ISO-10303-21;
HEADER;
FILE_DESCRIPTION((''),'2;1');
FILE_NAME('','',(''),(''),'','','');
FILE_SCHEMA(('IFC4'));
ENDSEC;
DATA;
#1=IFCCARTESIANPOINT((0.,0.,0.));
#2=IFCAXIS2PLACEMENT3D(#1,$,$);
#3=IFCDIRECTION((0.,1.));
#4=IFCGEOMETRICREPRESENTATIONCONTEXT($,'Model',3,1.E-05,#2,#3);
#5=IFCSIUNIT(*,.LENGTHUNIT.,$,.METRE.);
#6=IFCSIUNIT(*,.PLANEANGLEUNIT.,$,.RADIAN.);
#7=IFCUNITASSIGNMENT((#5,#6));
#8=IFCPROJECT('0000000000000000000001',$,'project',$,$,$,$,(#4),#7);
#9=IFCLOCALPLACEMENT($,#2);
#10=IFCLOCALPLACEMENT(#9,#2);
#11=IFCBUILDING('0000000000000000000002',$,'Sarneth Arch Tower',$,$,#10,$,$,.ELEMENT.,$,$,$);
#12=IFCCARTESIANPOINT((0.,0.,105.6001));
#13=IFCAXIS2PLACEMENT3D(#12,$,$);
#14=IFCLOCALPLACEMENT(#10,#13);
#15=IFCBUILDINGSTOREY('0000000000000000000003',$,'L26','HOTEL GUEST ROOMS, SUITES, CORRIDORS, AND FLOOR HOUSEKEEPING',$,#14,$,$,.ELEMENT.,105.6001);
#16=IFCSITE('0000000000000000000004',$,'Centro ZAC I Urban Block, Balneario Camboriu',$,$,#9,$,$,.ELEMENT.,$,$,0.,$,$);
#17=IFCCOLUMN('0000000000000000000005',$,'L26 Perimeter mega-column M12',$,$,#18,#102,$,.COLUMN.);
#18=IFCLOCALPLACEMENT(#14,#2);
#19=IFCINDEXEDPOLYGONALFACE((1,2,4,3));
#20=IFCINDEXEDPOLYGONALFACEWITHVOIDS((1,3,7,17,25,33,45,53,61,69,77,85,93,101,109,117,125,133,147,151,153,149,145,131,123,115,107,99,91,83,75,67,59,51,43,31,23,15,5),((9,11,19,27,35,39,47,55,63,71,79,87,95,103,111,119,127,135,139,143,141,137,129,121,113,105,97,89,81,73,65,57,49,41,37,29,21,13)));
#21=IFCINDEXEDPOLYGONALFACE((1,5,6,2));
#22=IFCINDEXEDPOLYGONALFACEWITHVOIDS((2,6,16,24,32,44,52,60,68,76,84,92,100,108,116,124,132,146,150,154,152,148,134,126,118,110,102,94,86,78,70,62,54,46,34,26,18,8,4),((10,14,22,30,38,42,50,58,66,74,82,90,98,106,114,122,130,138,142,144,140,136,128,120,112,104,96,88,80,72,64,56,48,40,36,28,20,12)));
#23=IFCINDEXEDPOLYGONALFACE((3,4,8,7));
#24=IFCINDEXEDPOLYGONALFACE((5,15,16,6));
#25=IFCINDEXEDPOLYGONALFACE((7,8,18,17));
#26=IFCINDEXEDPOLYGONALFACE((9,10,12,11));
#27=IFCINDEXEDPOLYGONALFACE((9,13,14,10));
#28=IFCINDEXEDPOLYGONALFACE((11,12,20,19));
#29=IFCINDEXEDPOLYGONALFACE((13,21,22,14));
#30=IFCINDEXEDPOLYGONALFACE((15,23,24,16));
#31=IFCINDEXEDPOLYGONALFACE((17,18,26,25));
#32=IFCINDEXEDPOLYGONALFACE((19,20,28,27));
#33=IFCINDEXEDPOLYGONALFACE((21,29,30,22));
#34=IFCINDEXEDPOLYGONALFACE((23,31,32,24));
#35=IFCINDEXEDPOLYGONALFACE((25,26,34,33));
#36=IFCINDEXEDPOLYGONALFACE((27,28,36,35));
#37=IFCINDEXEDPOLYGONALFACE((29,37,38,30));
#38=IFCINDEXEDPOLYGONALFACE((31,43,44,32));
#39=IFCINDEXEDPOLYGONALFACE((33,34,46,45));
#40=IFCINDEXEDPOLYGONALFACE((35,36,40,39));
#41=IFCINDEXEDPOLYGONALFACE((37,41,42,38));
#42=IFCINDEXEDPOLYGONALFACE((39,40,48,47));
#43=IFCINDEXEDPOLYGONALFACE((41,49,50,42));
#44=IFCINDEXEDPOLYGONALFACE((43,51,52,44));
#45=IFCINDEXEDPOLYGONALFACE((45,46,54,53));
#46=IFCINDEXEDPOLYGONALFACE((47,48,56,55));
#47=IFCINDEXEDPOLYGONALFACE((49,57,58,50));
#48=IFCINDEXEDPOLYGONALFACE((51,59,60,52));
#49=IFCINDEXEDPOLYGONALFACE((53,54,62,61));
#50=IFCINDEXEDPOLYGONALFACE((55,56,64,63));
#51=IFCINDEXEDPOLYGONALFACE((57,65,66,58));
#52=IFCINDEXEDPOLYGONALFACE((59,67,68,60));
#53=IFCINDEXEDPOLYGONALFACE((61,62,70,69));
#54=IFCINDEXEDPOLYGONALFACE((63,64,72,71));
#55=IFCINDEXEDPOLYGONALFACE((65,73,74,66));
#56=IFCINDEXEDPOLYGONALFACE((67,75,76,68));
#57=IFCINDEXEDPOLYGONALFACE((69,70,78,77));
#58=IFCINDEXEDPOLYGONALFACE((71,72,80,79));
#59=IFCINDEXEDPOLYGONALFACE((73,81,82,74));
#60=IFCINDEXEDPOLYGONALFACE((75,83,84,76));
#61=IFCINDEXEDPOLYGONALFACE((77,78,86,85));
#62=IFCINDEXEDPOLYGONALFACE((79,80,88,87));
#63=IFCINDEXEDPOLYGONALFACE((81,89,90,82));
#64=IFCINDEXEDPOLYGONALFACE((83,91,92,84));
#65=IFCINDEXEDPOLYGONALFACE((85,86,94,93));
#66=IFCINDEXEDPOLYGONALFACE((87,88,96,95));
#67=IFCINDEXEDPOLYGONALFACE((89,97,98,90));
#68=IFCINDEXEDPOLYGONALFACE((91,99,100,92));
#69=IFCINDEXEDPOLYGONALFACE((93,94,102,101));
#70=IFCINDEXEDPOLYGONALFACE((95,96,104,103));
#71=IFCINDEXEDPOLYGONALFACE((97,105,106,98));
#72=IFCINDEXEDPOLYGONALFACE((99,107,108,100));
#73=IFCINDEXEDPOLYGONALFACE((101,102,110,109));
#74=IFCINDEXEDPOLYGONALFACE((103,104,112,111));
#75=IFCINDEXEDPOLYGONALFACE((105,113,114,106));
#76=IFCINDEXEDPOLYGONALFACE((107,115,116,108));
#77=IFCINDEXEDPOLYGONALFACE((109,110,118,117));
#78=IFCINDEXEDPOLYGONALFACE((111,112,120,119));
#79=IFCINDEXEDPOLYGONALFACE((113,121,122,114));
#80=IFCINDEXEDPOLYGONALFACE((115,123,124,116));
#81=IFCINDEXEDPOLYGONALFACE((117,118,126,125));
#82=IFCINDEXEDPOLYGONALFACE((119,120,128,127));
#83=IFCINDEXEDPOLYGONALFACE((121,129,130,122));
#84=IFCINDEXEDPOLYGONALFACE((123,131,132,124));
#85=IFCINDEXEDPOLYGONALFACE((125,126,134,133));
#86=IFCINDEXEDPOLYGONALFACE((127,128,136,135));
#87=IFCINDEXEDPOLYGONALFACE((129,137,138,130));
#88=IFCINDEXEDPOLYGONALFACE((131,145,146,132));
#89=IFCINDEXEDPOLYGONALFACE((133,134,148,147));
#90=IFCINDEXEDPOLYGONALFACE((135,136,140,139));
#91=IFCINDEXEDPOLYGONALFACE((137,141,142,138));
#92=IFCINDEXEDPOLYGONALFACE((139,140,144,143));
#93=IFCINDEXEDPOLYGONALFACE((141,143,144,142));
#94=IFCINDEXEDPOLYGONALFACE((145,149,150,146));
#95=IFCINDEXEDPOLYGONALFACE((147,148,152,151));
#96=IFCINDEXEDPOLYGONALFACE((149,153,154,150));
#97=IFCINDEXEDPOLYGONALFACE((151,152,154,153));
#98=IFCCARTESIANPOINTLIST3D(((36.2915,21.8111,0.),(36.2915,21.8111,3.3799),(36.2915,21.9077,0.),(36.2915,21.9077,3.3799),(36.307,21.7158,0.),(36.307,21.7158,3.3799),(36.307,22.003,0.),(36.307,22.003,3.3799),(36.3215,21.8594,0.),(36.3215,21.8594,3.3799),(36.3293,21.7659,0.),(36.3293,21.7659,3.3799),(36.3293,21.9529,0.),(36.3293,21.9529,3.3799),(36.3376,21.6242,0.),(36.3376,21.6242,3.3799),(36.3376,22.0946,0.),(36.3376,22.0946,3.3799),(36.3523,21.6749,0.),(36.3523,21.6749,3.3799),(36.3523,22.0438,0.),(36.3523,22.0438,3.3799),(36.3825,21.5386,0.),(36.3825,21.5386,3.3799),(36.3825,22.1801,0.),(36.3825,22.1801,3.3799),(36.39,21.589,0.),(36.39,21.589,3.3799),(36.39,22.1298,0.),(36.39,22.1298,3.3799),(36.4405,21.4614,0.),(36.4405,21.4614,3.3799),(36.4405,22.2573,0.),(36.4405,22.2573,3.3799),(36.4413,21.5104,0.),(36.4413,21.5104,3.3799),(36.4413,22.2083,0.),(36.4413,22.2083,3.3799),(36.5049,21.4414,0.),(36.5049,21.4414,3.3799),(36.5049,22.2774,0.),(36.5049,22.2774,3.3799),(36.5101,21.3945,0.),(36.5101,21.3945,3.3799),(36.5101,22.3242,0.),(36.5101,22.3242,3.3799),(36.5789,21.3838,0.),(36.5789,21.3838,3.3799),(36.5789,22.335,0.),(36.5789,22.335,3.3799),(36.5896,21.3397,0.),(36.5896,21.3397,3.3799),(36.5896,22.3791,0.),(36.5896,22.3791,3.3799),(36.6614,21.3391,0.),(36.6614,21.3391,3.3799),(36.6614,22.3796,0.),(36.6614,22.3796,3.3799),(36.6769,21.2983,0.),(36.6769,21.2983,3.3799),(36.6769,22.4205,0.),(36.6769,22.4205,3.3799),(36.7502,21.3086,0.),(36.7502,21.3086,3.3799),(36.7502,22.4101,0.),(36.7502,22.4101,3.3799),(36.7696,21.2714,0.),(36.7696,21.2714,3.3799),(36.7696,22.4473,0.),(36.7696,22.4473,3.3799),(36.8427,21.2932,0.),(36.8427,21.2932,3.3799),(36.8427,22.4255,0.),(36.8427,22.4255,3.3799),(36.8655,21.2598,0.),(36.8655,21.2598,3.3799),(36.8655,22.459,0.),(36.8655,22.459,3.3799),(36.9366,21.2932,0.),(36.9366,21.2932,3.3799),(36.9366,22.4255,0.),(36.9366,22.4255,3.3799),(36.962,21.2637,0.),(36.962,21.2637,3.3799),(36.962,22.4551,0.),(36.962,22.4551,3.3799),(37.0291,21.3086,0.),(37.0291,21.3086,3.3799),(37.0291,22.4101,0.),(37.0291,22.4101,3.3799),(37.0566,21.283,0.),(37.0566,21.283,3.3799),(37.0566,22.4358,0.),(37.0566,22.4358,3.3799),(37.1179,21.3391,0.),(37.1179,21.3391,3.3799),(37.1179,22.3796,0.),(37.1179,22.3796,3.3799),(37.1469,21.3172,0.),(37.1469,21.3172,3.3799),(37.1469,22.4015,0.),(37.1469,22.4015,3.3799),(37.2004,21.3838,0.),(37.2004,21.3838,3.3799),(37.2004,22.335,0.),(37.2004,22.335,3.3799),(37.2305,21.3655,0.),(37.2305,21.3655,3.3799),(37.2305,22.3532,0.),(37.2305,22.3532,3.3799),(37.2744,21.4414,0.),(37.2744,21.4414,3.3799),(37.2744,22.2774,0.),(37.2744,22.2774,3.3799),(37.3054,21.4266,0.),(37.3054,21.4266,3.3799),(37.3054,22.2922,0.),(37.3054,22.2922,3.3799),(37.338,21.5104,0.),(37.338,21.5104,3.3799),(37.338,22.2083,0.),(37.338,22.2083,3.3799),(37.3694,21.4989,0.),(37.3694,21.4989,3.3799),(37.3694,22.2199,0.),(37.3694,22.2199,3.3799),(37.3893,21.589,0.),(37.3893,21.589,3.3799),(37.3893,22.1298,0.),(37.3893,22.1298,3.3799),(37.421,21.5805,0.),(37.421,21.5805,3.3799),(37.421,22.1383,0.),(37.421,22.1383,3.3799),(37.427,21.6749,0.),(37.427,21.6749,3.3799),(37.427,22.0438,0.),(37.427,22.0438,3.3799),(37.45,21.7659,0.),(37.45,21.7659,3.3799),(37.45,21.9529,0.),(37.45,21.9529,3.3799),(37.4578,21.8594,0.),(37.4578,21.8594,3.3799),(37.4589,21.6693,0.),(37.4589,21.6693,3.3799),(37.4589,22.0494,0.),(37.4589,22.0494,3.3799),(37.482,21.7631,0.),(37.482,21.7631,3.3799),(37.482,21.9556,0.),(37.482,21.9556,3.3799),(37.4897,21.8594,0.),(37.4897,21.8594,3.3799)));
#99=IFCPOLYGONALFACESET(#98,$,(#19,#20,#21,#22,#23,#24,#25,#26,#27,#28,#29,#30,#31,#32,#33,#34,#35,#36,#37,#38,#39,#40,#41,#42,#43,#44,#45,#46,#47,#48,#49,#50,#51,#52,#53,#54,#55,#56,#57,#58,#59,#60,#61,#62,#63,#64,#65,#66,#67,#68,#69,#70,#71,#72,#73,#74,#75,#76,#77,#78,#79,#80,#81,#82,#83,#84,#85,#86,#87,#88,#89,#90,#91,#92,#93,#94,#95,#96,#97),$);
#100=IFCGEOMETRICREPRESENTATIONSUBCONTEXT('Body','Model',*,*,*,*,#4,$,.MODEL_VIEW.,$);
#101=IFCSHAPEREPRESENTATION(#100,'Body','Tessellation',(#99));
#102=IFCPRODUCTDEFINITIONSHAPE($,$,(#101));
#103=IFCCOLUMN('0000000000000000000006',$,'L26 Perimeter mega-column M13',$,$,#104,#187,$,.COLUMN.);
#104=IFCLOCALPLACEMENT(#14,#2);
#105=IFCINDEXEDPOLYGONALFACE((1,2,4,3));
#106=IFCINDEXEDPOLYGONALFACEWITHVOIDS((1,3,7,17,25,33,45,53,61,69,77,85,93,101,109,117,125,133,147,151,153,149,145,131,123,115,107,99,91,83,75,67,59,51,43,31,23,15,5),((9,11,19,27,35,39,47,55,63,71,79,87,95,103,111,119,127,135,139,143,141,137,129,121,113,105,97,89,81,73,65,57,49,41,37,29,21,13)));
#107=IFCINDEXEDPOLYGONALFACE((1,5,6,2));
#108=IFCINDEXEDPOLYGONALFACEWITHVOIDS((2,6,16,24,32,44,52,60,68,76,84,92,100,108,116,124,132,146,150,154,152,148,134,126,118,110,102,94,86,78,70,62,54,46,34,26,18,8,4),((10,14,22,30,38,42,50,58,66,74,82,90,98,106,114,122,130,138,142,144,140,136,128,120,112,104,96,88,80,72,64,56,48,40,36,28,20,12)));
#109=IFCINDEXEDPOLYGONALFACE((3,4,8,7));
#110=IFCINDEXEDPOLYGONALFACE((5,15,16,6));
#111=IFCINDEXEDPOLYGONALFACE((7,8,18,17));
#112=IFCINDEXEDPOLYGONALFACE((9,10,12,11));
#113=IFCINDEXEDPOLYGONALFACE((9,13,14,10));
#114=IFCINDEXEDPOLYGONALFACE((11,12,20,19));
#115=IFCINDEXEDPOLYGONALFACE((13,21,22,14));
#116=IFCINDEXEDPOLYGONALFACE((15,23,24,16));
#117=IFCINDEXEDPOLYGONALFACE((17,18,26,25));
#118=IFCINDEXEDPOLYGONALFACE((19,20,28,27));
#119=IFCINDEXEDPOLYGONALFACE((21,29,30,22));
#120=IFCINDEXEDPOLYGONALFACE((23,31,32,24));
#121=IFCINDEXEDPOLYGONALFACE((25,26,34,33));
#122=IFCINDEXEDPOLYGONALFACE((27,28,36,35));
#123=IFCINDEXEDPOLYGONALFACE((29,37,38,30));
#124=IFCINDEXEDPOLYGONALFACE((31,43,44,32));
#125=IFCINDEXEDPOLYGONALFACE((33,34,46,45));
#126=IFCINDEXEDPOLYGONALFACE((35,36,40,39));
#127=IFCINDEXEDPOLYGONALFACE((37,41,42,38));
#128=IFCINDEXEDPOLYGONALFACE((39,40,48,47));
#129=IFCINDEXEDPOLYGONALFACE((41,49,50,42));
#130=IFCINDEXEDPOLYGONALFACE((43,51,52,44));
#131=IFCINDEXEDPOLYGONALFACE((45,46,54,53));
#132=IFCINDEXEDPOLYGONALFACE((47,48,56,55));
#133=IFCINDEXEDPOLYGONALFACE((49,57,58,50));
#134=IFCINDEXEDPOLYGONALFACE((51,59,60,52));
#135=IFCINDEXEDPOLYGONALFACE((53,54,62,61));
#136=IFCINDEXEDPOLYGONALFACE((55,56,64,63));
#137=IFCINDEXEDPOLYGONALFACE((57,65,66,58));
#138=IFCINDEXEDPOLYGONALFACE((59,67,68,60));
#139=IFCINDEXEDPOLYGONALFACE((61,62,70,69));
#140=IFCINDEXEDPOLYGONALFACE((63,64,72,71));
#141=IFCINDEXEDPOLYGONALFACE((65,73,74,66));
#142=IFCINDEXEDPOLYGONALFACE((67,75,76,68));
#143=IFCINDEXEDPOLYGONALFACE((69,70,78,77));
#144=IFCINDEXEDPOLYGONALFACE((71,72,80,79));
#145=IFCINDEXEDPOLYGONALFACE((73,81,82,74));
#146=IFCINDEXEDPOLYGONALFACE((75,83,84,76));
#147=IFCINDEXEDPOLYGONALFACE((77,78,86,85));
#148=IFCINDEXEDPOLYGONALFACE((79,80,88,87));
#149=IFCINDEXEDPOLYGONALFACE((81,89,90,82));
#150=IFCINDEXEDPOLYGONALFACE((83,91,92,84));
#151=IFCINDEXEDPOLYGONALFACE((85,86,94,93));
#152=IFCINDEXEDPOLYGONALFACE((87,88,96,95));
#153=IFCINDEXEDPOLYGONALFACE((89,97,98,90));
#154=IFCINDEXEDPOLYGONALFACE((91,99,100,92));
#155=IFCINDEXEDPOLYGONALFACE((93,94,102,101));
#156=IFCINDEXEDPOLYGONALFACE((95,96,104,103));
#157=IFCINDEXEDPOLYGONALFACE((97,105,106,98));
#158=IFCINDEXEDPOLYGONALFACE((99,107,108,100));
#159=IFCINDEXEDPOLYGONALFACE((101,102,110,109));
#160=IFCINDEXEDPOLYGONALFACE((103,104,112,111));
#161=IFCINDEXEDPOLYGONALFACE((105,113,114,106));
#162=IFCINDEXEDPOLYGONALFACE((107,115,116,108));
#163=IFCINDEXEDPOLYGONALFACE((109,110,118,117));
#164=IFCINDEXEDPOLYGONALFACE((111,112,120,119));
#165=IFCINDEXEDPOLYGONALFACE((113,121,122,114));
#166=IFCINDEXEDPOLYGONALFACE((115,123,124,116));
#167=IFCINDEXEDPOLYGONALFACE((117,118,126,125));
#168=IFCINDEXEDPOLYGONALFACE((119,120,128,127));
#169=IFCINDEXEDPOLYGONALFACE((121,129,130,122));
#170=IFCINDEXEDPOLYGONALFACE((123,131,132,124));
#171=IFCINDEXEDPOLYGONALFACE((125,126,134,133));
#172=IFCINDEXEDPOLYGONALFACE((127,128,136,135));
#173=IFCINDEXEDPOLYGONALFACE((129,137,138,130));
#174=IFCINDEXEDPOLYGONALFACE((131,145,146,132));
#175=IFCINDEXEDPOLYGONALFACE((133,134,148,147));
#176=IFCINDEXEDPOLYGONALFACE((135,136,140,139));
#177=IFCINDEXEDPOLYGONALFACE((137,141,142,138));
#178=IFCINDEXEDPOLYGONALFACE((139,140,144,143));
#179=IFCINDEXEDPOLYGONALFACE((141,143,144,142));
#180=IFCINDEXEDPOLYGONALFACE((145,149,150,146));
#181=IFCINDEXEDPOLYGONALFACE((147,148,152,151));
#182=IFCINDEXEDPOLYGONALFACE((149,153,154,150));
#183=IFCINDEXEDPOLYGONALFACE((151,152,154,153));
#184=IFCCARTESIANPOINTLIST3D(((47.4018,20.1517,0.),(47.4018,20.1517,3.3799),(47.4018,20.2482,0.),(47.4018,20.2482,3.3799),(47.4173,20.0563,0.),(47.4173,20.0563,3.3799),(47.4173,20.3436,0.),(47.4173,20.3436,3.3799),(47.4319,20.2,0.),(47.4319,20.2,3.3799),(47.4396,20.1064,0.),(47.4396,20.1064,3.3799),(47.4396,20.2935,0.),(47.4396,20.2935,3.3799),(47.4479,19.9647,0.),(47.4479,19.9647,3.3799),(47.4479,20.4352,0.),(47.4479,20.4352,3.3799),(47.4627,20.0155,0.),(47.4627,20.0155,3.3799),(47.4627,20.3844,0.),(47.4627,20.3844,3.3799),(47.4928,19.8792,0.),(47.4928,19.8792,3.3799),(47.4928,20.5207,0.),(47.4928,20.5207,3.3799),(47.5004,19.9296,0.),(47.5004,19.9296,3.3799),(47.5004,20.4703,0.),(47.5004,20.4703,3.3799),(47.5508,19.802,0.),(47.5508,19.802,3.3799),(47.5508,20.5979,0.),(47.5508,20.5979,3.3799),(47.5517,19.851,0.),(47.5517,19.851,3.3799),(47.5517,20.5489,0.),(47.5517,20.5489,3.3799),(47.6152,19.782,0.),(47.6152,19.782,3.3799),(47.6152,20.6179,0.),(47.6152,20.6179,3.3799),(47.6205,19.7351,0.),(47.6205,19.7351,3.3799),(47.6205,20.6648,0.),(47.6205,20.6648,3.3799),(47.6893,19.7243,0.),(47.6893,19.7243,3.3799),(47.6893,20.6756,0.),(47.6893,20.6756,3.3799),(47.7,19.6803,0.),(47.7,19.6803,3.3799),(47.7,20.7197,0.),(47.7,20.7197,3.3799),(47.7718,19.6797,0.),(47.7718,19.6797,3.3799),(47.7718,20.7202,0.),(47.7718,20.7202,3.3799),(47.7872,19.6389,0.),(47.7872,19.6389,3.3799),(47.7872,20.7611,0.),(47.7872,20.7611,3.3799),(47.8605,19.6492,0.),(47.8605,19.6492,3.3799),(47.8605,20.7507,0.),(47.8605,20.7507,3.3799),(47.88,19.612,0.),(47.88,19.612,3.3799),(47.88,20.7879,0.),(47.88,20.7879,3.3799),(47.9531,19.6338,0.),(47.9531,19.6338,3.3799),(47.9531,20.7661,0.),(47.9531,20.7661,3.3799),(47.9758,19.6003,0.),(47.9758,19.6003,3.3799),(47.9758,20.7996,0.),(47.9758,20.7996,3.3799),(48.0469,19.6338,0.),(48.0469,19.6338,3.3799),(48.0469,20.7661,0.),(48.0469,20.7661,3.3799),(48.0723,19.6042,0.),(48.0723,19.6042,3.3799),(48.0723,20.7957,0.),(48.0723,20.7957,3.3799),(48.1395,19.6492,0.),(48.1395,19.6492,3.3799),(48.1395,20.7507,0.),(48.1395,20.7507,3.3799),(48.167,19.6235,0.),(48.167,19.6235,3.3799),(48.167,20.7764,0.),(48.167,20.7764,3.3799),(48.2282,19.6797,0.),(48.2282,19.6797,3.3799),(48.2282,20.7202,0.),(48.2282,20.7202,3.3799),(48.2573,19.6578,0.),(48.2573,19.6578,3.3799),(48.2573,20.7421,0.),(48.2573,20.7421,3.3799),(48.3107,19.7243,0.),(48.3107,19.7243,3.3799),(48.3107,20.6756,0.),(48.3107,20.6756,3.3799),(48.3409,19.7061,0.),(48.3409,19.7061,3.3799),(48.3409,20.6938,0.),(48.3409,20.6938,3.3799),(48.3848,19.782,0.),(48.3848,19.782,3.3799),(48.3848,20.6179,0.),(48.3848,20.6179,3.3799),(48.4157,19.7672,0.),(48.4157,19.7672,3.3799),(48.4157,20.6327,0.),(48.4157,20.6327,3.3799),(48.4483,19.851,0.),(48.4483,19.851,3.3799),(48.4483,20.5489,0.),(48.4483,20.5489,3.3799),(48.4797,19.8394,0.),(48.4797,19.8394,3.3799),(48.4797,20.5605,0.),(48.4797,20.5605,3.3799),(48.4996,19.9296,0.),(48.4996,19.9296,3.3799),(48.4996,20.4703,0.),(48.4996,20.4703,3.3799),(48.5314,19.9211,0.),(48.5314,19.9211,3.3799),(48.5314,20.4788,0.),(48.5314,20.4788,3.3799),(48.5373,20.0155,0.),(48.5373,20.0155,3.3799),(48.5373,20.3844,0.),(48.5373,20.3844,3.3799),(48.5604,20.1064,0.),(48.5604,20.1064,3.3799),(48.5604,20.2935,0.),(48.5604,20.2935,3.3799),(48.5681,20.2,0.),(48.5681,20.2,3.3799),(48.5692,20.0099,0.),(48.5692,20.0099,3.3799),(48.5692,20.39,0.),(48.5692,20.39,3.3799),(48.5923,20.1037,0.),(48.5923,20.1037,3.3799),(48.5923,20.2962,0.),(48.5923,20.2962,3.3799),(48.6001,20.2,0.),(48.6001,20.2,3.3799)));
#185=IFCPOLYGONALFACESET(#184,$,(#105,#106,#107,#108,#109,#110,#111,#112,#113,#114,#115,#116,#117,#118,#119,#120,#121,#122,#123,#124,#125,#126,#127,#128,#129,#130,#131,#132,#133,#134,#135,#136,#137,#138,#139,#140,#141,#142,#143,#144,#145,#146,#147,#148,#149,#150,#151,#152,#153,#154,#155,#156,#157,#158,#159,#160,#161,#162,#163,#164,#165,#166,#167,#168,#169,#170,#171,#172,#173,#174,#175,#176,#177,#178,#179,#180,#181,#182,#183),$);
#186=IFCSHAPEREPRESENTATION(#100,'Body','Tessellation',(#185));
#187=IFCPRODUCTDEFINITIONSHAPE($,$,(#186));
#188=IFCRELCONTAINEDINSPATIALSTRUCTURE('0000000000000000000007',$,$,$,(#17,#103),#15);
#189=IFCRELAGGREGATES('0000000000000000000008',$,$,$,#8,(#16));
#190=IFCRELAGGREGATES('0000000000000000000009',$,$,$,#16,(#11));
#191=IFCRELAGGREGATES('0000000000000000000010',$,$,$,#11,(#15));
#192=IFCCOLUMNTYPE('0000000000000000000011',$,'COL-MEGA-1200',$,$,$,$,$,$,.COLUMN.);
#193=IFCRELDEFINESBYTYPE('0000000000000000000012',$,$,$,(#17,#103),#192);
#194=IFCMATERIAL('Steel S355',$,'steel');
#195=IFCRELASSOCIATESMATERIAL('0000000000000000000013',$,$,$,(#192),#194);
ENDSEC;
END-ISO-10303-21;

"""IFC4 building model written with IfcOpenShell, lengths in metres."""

from ifc_helpers import new_model, si_unit, direction, frame, origin, origin_2d, place, context, subcontext, project, spatial, hollow_circle, extrude, material, material_profile, profile_set, type_object, element, save


model = new_model("IFC4")

# Units and contexts
model_context = context("Model", 3, precision=1e-05, world=origin(), true_north=direction((0.0, 1.0)))
body_context = subcontext(model_context, "Body", "Model", "MODEL_VIEW")
ifc_project = project(units=[si_unit("LENGTHUNIT", "METRE"), si_unit("PLANEANGLEUNIT", "RADIAN")], contexts=[model_context])

# Site, building, storey
site_placement = place(None, origin())
site = spatial("IfcSite", under=ifc_project, at=site_placement, Name="Centro ZAC I Urban Block, Balneario Camboriu", CompositionType="ELEMENT", RefElevation=0.0)
building_placement = place(site_placement, origin())
building = spatial("IfcBuilding", under=site, at=building_placement, Name="Sarneth Arch Tower", CompositionType="ELEMENT")
storey_placement = place(building_placement, frame((0.0, 0.0, 105.6001)))
storey = spatial("IfcBuildingStorey", under=building, at=storey_placement, Name="L26", Description="HOTEL GUEST ROOMS, SUITES, CORRIDORS, AND FLOOR HOUSEKEEPING", CompositionType="ELEMENT", Elevation=105.6001)

# Columns
ifc_material_1 = material(Name="Steel S355", Category="steel")
ifc_material_profile_1 = material_profile(ifc_material_1, hollow_circle(Radius=0.6001, WallThickness=0.032, at=origin_2d()), Name="CHS1200x32")
ifc_profile_set_1 = profile_set([ifc_material_profile_1], Name="Steel S355")
column_type = type_object("IfcColumnType", Name="COL-MEGA-1200", PredefinedType="COLUMN", material=ifc_profile_set_1)
for number, where, z_axis, x_axis, name in (
    (1, (36.8896, 21.8594, 0.0), (0.0, 0.0, 1.0), (1.0, 0.0, 0.0), "L26 Perimeter mega-column M12"),
    (2, (48.0, 20.2, 0.0), (0.0, 0.0, 1.0), (1.0, 0.0, 0.0), "L26 Perimeter mega-column M13"),
):
    element("IfcColumn", number, at=place(storey_placement, frame(where, z_axis=z_axis, x_axis=x_axis)), inside=storey, type_object=column_type, Name=name, PredefinedType="COLUMN", context=body_context, shape_type="SweptSolid", body=[
        extrude(hollow_circle(Radius=0.6001, WallThickness=0.032, at=origin_2d()), origin(), (0.0, 0.0, 1.0), 3.3799),
    ])

save(model, "model.ifc")
